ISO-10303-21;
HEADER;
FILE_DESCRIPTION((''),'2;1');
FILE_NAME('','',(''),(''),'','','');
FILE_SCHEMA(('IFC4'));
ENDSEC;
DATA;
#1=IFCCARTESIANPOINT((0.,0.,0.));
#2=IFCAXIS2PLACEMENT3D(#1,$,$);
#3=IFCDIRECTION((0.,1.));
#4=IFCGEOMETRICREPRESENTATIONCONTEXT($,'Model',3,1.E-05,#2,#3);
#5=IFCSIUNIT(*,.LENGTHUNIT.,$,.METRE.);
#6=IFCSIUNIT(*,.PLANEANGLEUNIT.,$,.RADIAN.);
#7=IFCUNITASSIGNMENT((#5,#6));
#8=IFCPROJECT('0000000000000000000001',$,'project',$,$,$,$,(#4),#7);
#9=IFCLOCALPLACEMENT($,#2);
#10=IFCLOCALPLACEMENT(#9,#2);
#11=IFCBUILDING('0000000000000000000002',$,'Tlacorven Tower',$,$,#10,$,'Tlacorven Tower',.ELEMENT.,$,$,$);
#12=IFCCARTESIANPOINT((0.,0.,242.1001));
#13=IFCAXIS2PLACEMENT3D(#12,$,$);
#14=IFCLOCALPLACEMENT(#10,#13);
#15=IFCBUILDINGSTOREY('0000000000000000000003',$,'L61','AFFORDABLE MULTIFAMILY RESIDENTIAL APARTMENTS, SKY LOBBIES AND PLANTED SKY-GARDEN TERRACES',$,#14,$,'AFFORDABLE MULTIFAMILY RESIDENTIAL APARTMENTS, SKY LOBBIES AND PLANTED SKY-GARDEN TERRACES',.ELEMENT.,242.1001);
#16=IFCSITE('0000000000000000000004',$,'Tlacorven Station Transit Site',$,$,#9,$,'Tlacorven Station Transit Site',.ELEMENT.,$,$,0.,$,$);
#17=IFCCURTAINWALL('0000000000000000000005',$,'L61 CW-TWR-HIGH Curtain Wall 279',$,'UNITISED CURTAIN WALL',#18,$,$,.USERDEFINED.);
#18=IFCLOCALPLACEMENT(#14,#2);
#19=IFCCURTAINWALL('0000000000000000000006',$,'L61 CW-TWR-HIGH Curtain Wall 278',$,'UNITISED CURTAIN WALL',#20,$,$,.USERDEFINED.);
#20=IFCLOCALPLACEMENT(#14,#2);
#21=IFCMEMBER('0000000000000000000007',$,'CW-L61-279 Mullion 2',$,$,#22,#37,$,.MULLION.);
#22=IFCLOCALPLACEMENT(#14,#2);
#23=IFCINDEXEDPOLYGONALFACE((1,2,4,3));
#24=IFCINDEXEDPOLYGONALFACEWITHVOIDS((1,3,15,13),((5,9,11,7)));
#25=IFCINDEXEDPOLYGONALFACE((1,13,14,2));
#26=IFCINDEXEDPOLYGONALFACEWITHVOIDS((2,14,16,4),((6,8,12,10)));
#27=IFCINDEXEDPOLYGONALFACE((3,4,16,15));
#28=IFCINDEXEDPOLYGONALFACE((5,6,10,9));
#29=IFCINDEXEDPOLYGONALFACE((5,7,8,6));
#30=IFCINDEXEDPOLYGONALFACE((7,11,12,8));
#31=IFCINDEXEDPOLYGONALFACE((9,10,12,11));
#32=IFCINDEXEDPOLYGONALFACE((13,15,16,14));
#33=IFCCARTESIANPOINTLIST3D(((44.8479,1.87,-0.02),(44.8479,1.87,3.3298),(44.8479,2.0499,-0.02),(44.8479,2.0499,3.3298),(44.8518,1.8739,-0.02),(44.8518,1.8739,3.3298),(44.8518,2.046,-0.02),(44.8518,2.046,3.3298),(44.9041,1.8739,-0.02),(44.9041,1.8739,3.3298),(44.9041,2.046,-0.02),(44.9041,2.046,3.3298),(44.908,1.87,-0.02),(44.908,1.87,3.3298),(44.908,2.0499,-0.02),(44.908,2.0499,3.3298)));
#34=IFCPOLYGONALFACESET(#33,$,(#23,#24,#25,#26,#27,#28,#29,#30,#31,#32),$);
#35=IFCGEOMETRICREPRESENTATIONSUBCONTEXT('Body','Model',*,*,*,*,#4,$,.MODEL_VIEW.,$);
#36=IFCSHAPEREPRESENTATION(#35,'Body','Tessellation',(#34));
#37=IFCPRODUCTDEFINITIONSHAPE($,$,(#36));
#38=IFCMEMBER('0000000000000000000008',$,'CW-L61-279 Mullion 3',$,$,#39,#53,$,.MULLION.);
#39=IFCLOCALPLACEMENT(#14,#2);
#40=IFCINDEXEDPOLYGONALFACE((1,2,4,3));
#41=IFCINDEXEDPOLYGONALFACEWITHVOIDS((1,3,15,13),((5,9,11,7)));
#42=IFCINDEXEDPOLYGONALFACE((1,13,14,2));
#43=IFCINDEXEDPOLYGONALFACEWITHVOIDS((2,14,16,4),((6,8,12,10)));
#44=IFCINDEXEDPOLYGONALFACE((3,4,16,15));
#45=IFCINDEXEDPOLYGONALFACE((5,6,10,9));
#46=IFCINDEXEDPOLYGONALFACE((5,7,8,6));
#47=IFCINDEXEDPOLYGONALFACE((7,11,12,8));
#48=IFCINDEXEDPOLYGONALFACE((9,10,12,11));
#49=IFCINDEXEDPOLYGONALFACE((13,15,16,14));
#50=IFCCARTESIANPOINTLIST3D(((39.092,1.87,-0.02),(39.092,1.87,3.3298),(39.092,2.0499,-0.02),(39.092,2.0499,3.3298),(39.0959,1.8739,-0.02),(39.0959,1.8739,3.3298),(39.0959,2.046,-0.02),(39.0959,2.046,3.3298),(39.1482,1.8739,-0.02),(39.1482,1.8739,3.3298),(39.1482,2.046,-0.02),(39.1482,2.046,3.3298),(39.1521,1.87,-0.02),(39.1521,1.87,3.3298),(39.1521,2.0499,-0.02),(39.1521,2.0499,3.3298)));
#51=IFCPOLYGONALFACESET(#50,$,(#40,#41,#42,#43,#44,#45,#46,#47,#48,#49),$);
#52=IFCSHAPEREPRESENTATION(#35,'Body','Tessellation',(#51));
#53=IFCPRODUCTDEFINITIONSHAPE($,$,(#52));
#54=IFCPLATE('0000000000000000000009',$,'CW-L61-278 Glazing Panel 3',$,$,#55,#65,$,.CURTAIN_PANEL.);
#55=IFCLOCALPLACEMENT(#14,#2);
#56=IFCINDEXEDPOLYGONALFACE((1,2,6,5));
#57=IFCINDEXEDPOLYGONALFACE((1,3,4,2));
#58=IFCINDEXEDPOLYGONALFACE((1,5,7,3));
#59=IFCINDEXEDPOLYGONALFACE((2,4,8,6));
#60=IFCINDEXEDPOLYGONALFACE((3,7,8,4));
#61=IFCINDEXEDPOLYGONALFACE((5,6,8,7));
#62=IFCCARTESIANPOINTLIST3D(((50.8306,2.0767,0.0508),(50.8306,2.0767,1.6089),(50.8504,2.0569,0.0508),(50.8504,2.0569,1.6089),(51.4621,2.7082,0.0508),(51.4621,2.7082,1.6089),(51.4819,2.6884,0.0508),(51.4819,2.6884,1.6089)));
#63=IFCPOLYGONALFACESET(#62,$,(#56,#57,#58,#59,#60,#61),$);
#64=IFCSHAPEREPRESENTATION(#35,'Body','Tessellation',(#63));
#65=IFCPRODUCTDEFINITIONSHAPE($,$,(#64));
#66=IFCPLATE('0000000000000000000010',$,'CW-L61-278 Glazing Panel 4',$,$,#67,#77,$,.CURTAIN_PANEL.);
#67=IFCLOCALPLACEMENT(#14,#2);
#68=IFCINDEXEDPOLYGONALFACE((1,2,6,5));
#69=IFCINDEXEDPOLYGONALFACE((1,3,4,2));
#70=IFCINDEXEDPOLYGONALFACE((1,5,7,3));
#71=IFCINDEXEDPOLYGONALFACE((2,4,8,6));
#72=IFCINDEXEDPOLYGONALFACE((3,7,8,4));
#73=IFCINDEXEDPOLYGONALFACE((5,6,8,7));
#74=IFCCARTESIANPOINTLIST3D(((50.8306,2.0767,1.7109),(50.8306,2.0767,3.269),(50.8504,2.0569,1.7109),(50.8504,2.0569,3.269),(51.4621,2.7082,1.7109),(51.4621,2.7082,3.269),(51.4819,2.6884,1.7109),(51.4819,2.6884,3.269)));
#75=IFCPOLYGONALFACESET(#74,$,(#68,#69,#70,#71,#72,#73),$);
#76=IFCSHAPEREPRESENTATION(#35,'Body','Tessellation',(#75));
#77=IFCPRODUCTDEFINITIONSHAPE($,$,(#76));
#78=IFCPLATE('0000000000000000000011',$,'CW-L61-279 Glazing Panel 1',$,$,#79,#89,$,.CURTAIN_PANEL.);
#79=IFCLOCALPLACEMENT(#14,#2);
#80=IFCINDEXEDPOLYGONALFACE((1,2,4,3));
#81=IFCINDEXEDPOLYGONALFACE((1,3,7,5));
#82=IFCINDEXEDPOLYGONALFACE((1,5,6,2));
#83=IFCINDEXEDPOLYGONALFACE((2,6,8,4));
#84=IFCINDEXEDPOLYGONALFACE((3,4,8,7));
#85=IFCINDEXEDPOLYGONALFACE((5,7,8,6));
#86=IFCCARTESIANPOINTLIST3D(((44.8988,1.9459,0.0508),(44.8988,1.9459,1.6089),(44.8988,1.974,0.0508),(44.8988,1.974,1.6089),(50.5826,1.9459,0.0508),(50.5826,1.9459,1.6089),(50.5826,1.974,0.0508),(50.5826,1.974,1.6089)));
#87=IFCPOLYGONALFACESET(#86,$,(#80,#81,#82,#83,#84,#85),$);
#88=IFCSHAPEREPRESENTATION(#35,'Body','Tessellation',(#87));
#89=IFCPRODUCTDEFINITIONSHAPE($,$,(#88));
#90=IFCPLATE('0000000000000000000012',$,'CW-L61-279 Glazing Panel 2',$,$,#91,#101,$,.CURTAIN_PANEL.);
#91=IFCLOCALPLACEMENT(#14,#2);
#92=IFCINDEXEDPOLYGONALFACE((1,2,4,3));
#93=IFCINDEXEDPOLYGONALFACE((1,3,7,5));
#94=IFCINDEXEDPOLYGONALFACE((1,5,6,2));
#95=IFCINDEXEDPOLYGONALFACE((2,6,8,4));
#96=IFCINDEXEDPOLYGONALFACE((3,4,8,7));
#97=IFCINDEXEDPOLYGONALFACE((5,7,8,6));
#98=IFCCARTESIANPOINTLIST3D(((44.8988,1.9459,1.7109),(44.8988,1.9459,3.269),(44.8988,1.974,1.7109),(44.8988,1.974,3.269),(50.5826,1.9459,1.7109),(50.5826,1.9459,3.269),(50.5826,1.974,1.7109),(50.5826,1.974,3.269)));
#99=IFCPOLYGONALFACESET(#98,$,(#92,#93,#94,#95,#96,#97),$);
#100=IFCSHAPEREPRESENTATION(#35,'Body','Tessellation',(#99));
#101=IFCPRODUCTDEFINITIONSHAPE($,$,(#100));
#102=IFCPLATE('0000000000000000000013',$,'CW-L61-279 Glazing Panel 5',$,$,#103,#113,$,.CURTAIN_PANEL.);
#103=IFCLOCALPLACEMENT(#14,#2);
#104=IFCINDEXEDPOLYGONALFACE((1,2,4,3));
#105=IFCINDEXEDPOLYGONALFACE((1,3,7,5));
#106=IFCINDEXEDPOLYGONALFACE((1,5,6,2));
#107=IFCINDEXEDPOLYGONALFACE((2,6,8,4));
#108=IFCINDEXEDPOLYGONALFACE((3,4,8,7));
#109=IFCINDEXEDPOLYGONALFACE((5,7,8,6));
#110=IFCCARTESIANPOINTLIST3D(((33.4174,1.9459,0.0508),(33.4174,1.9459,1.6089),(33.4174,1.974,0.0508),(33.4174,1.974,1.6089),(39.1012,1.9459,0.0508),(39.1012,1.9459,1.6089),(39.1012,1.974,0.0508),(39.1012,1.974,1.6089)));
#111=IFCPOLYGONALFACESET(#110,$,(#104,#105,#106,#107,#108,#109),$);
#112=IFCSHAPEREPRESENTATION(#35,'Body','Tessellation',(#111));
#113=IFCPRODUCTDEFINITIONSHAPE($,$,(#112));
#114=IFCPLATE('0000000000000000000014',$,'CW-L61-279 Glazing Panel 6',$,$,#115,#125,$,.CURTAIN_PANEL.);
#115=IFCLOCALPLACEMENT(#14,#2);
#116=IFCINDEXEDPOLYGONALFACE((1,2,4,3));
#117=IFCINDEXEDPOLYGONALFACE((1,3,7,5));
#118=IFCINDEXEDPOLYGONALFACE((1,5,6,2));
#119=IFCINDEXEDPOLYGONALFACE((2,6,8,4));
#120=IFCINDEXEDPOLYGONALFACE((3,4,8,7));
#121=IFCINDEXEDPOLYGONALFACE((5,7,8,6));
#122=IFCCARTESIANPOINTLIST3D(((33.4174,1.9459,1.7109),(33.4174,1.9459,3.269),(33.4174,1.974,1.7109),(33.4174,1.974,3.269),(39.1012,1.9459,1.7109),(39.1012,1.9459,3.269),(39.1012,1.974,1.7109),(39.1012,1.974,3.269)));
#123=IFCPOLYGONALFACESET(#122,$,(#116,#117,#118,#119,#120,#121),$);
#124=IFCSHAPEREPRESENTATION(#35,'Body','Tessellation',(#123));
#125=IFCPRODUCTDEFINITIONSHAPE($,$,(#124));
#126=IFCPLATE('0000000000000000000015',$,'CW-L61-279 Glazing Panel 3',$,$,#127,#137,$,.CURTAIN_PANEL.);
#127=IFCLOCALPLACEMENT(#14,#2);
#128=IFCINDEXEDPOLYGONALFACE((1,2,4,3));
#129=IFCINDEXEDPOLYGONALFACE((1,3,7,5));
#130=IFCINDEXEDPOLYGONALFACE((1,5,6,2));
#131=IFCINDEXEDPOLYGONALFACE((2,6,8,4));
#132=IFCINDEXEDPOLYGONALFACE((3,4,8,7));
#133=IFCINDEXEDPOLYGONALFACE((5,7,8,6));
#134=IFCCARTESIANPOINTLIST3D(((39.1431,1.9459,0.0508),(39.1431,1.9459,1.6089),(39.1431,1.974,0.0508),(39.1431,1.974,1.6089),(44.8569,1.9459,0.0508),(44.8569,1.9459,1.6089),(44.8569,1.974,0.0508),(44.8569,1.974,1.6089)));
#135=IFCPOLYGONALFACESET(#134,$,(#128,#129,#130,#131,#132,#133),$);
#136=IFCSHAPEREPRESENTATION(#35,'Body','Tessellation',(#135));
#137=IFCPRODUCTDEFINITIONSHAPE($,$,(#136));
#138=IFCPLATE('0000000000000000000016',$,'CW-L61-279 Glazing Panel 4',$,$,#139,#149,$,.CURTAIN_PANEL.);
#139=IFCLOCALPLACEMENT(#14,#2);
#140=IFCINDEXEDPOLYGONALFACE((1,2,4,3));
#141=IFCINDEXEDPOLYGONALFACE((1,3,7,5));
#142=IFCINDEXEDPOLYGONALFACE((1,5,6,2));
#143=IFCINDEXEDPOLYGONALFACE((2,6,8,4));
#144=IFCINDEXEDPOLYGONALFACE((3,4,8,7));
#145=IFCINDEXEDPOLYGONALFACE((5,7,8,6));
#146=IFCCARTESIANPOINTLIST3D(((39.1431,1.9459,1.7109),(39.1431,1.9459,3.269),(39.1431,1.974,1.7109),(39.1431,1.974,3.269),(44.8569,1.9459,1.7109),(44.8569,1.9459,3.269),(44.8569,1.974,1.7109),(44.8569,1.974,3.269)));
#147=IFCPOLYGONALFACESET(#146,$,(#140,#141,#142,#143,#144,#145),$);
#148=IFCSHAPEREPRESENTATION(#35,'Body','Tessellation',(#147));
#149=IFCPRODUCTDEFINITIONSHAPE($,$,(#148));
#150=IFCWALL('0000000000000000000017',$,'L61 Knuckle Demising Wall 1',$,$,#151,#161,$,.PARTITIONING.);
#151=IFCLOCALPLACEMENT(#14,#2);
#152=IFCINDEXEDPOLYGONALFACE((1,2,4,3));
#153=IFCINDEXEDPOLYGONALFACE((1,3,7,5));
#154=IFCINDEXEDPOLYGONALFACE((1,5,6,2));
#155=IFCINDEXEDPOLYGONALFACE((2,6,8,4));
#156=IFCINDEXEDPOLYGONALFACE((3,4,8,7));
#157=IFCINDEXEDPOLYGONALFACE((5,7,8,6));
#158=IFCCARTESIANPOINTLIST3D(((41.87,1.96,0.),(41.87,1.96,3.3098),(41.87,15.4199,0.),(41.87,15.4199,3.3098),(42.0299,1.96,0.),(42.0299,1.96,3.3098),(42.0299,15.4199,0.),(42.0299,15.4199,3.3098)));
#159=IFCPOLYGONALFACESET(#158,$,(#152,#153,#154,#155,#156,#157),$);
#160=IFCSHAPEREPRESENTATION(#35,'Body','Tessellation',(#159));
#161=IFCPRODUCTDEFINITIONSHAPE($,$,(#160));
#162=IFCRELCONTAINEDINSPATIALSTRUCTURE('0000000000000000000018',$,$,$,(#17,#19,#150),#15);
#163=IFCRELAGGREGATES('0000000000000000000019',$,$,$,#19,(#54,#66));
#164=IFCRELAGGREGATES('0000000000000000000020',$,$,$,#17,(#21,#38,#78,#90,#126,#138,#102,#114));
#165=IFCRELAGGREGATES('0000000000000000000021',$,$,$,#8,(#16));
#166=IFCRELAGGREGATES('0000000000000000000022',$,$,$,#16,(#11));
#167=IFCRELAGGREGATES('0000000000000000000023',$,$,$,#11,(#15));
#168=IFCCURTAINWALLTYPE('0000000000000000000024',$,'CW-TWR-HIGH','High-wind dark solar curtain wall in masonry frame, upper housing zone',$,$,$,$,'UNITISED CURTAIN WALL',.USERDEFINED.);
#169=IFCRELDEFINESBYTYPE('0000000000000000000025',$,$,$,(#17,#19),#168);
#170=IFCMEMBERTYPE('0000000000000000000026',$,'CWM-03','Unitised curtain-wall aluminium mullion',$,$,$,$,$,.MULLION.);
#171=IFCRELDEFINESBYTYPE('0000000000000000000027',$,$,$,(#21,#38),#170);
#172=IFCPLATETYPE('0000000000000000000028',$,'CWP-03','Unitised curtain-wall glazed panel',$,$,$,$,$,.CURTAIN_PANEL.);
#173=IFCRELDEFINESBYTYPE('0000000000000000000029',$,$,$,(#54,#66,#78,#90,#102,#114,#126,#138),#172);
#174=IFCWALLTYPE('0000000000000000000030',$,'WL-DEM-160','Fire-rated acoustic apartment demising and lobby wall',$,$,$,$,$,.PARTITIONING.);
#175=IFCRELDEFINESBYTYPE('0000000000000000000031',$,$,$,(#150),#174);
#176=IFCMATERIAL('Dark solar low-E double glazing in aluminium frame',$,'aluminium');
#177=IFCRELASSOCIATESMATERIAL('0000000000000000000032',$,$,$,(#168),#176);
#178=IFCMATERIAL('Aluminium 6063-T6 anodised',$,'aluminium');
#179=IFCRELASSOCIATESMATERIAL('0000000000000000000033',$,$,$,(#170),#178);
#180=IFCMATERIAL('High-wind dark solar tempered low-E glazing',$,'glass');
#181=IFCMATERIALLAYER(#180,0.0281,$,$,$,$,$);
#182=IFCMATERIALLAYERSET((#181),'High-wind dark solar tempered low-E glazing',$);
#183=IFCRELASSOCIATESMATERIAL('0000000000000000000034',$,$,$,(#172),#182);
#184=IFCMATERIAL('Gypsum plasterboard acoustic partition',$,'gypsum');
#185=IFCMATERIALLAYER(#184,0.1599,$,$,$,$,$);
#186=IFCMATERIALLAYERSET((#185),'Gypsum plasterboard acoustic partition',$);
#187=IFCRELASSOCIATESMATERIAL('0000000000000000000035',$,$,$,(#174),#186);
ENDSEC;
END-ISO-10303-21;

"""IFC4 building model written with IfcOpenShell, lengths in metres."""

from ifc_helpers import new_model, si_unit, direction, frame, frame_2d, origin, origin_2d, place, context, subcontext, project, spatial, rectangle, hollow_rectangle, extrude, source, transform, mapped, material, layer, layer_set, material_profile, profile_set, type_object, element, aggregate, save


model = new_model("IFC4")

# Units and contexts
model_context = context("Model", 3, precision=1e-05, world=origin(), true_north=direction((0.0, 1.0)))
body_context = subcontext(model_context, "Body", "Model", "MODEL_VIEW")
ifc_project = project(units=[si_unit("LENGTHUNIT", "METRE"), si_unit("PLANEANGLEUNIT", "RADIAN")], contexts=[model_context])

# Site, building, storey
site_placement = place(None, origin())
site = spatial("IfcSite", under=ifc_project, at=site_placement, Name="Tlacorven Station Transit Site", LongName="Tlacorven Station Transit Site", CompositionType="ELEMENT", RefElevation=0.0)
building_placement = place(site_placement, origin())
building = spatial("IfcBuilding", under=site, at=building_placement, Name="Tlacorven Tower", LongName="Tlacorven Tower", CompositionType="ELEMENT")
storey_placement = place(building_placement, frame((0.0, 0.0, 242.1001)))
storey = spatial("IfcBuildingStorey", under=building, at=storey_placement, Name="L61", Description="AFFORDABLE MULTIFAMILY RESIDENTIAL APARTMENTS, SKY LOBBIES AND PLANTED SKY-GARDEN TERRACES", LongName="AFFORDABLE MULTIFAMILY RESIDENTIAL APARTMENTS, SKY LOBBIES AND PLANTED SKY-GARDEN TERRACES", CompositionType="ELEMENT", Elevation=242.1001)

# Curtain wall
ifc_material_1 = material(Name="Dark solar low-E double glazing in aluminium frame", Category="aluminium")
curtain_wall_type = type_object("IfcCurtainWallType", Name="CW-TWR-HIGH", Description="High-wind dark solar curtain wall in masonry frame, upper housing zone", ElementType="UNITISED CURTAIN WALL", PredefinedType="USERDEFINED", material=ifc_material_1)
curtain_wall_1_placement = place(storey_placement, origin())
curtain_wall_1 = element("IfcCurtainWall", 1, at=curtain_wall_1_placement, inside=storey, type_object=curtain_wall_type, Name="L61 CW-TWR-HIGH Curtain Wall 279", ObjectType="UNITISED CURTAIN WALL", PredefinedType="USERDEFINED")
ifc_material_2 = material(Name="Aluminium 6063-T6 anodised", Category="aluminium")

# Curtain wall
curtain_wall_2_placement = place(storey_placement, origin())
curtain_wall_2 = element("IfcCurtainWall", 2, at=curtain_wall_2_placement, inside=storey, type_object=curtain_wall_type, Name="L61 CW-TWR-HIGH Curtain Wall 278", ObjectType="UNITISED CURTAIN WALL", PredefinedType="USERDEFINED")
ifc_material_profile_1 = material_profile(ifc_material_2, hollow_rectangle(XDim=0.0601, YDim=0.1799, WallThickness=0.0039, at=origin_2d()), Name="ALU MULLION 60X180")
ifc_profile_set_1 = profile_set([ifc_material_profile_1], Name="Aluminium 6063-T6 anodised")
member_type_1 = type_object("IfcMemberType", Name="CWM-03", Description="Unitised curtain-wall aluminium mullion", PredefinedType="MULLION", material=ifc_profile_set_1)
shared_shape_1 = source(origin(), body_context, "Body", "SweptSolid", [
    extrude(hollow_rectangle(XDim=0.0601, YDim=0.1799, WallThickness=0.0039, at=origin_2d()), origin(), (0.0, 0.0, 1.0), 3.3499),
])

# Members
member_1_placement = place(storey_placement, frame((44.8779, 1.96, -0.02), z_axis=(0.0, 0.0, 1.0), x_axis=(-1.0, 0.0, 0.0)))
member_1 = element("IfcMember", 3, at=member_1_placement, type_object=member_type_1, Name="CW-L61-279 Mullion 2", PredefinedType="MULLION", context=body_context, shape_type="MappedRepresentation", body=[
    mapped(shared_shape_1, transform((0.0, 0.0, 0.0), scale=1.0)),
])
member_2_placement = place(storey_placement, frame((39.1221, 1.96, -0.02), z_axis=(0.0, 0.0, 1.0), x_axis=(-1.0, 0.0, 0.0)))
member_2 = element("IfcMember", 4, at=member_2_placement, type_object=member_type_1, Name="CW-L61-279 Mullion 3", PredefinedType="MULLION", context=body_context, shape_type="MappedRepresentation", body=[
    mapped(shared_shape_1, transform((0.0, 0.0, 0.0), scale=1.0)),
])

# Plates
ifc_material_3 = material(Name="High-wind dark solar tempered low-E glazing", Category="glass")
ifc_layer_1 = layer(ifc_material_3, 0.0281)
ifc_layer_set_1 = layer_set([ifc_layer_1], Name="High-wind dark solar tempered low-E glazing")
plate_type = type_object("IfcPlateType", Name="CWP-03", Description="Unitised curtain-wall glazed panel", PredefinedType="CURTAIN_PANEL", material=ifc_layer_set_1)
shared_shape_2 = source(origin(), body_context, "Body", "SweptSolid", [
    extrude(rectangle(XDim=0.8931, YDim=0.0281, at=origin_2d()), origin(), (0.0, 0.0, 1.0), 1.5581),
])
plate_1_placement = place(storey_placement, frame((51.1562, 2.3826, 0.0508), z_axis=(0.0, 0.0, 1.0), x_axis=(-0.707107, -0.707107, 0.0)))
plate_1 = element("IfcPlate", 5, at=plate_1_placement, type_object=plate_type, Name="CW-L61-278 Glazing Panel 3", PredefinedType="CURTAIN_PANEL", context=body_context, shape_type="MappedRepresentation", body=[
    mapped(shared_shape_2, transform((0.0, 0.0, 0.0), scale=1.0)),
])
plate_2_placement = place(storey_placement, frame((51.1562, 2.3826, 1.7109), z_axis=(0.0, 0.0, 1.0), x_axis=(-0.707107, -0.707107, 0.0)))
plate_2 = element("IfcPlate", 6, at=plate_2_placement, type_object=plate_type, Name="CW-L61-278 Glazing Panel 4", PredefinedType="CURTAIN_PANEL", context=body_context, shape_type="MappedRepresentation", body=[
    mapped(shared_shape_2, transform((0.0, 0.0, 0.0), scale=1.0)),
])
aggregate(curtain_wall_2, [plate_1, plate_2])
shared_shape_3 = source(origin(), body_context, "Body", "SweptSolid", [
    extrude(rectangle(XDim=5.6838, YDim=0.0281, at=origin_2d()), origin(), (0.0, 0.0, 1.0), 1.5581),
])
plate_3_placement = place(storey_placement, frame((47.7407, 1.96, 0.0508), z_axis=(0.0, 0.0, 1.0), x_axis=(-1.0, 0.0, 0.0)))
plate_3 = element("IfcPlate", 7, at=plate_3_placement, type_object=plate_type, Name="CW-L61-279 Glazing Panel 1", PredefinedType="CURTAIN_PANEL", context=body_context, shape_type="MappedRepresentation", body=[
    mapped(shared_shape_3, transform((0.0, 0.0, 0.0), scale=1.0)),
])
plate_4_placement = place(storey_placement, frame((47.7407, 1.96, 1.7109), z_axis=(0.0, 0.0, 1.0), x_axis=(-1.0, 0.0, 0.0)))
plate_4 = element("IfcPlate", 8, at=plate_4_placement, type_object=plate_type, Name="CW-L61-279 Glazing Panel 2", PredefinedType="CURTAIN_PANEL", context=body_context, shape_type="MappedRepresentation", body=[
    mapped(shared_shape_3, transform((0.0, 0.0, 0.0), scale=1.0)),
])
plate_5_placement = place(storey_placement, frame((36.2593, 1.96, 0.0508), z_axis=(0.0, 0.0, 1.0), x_axis=(-1.0, 0.0, 0.0)))
plate_5 = element("IfcPlate", 9, at=plate_5_placement, type_object=plate_type, Name="CW-L61-279 Glazing Panel 5", PredefinedType="CURTAIN_PANEL", context=body_context, shape_type="MappedRepresentation", body=[
    mapped(shared_shape_3, transform((0.0, 0.0, 0.0), scale=1.0)),
])
plate_6_placement = place(storey_placement, frame((36.2593, 1.96, 1.7109), z_axis=(0.0, 0.0, 1.0), x_axis=(-1.0, 0.0, 0.0)))
plate_6 = element("IfcPlate", 10, at=plate_6_placement, type_object=plate_type, Name="CW-L61-279 Glazing Panel 6", PredefinedType="CURTAIN_PANEL", context=body_context, shape_type="MappedRepresentation", body=[
    mapped(shared_shape_3, transform((0.0, 0.0, 0.0), scale=1.0)),
])
shared_shape_4 = source(origin(), body_context, "Body", "SweptSolid", [
    extrude(rectangle(XDim=5.7139, YDim=0.0281, at=origin_2d()), origin(), (0.0, 0.0, 1.0), 1.5581),
])
plate_7_placement = place(storey_placement, frame((42.0, 1.96, 0.0508), z_axis=(0.0, 0.0, 1.0), x_axis=(-1.0, 0.0, 0.0)))
plate_7 = element("IfcPlate", 11, at=plate_7_placement, type_object=plate_type, Name="CW-L61-279 Glazing Panel 3", PredefinedType="CURTAIN_PANEL", context=body_context, shape_type="MappedRepresentation", body=[
    mapped(shared_shape_4, transform((0.0, 0.0, 0.0), scale=1.0)),
])
plate_8_placement = place(storey_placement, frame((42.0, 1.96, 1.7109), z_axis=(0.0, 0.0, 1.0), x_axis=(-1.0, 0.0, 0.0)))
plate_8 = element("IfcPlate", 12, at=plate_8_placement, type_object=plate_type, Name="CW-L61-279 Glazing Panel 4", PredefinedType="CURTAIN_PANEL", context=body_context, shape_type="MappedRepresentation", body=[
    mapped(shared_shape_4, transform((0.0, 0.0, 0.0), scale=1.0)),
])
aggregate(curtain_wall_1, [member_1, member_2, plate_3, plate_4, plate_7, plate_8, plate_5, plate_6])

# Wall
ifc_material_4 = material(Name="Gypsum plasterboard acoustic partition", Category="gypsum")
ifc_layer_2 = layer(ifc_material_4, 0.1599)
ifc_layer_set_2 = layer_set([ifc_layer_2], Name="Gypsum plasterboard acoustic partition")
wall_type_1 = type_object("IfcWallType", Name="WL-DEM-160", Description="Fire-rated acoustic apartment demising and lobby wall", PredefinedType="PARTITIONING", material=ifc_layer_set_2)
wall_1_placement = place(storey_placement, frame((41.95, 1.96, 0.0), z_axis=(0.0, 0.0, 1.0), x_axis=(0.0, 1.0, 0.0)))
element("IfcWall", 13, at=wall_1_placement, inside=storey, type_object=wall_type_1, Name="L61 Knuckle Demising Wall 1", PredefinedType="PARTITIONING", context=body_context, shape_type="SweptSolid", body=[
    extrude(rectangle(XDim=13.46, YDim=0.1599, at=frame_2d((6.73, 0.0))), origin(), (0.0, 0.0, 1.0), 3.3098),
])

save(model, "model.ifc")
